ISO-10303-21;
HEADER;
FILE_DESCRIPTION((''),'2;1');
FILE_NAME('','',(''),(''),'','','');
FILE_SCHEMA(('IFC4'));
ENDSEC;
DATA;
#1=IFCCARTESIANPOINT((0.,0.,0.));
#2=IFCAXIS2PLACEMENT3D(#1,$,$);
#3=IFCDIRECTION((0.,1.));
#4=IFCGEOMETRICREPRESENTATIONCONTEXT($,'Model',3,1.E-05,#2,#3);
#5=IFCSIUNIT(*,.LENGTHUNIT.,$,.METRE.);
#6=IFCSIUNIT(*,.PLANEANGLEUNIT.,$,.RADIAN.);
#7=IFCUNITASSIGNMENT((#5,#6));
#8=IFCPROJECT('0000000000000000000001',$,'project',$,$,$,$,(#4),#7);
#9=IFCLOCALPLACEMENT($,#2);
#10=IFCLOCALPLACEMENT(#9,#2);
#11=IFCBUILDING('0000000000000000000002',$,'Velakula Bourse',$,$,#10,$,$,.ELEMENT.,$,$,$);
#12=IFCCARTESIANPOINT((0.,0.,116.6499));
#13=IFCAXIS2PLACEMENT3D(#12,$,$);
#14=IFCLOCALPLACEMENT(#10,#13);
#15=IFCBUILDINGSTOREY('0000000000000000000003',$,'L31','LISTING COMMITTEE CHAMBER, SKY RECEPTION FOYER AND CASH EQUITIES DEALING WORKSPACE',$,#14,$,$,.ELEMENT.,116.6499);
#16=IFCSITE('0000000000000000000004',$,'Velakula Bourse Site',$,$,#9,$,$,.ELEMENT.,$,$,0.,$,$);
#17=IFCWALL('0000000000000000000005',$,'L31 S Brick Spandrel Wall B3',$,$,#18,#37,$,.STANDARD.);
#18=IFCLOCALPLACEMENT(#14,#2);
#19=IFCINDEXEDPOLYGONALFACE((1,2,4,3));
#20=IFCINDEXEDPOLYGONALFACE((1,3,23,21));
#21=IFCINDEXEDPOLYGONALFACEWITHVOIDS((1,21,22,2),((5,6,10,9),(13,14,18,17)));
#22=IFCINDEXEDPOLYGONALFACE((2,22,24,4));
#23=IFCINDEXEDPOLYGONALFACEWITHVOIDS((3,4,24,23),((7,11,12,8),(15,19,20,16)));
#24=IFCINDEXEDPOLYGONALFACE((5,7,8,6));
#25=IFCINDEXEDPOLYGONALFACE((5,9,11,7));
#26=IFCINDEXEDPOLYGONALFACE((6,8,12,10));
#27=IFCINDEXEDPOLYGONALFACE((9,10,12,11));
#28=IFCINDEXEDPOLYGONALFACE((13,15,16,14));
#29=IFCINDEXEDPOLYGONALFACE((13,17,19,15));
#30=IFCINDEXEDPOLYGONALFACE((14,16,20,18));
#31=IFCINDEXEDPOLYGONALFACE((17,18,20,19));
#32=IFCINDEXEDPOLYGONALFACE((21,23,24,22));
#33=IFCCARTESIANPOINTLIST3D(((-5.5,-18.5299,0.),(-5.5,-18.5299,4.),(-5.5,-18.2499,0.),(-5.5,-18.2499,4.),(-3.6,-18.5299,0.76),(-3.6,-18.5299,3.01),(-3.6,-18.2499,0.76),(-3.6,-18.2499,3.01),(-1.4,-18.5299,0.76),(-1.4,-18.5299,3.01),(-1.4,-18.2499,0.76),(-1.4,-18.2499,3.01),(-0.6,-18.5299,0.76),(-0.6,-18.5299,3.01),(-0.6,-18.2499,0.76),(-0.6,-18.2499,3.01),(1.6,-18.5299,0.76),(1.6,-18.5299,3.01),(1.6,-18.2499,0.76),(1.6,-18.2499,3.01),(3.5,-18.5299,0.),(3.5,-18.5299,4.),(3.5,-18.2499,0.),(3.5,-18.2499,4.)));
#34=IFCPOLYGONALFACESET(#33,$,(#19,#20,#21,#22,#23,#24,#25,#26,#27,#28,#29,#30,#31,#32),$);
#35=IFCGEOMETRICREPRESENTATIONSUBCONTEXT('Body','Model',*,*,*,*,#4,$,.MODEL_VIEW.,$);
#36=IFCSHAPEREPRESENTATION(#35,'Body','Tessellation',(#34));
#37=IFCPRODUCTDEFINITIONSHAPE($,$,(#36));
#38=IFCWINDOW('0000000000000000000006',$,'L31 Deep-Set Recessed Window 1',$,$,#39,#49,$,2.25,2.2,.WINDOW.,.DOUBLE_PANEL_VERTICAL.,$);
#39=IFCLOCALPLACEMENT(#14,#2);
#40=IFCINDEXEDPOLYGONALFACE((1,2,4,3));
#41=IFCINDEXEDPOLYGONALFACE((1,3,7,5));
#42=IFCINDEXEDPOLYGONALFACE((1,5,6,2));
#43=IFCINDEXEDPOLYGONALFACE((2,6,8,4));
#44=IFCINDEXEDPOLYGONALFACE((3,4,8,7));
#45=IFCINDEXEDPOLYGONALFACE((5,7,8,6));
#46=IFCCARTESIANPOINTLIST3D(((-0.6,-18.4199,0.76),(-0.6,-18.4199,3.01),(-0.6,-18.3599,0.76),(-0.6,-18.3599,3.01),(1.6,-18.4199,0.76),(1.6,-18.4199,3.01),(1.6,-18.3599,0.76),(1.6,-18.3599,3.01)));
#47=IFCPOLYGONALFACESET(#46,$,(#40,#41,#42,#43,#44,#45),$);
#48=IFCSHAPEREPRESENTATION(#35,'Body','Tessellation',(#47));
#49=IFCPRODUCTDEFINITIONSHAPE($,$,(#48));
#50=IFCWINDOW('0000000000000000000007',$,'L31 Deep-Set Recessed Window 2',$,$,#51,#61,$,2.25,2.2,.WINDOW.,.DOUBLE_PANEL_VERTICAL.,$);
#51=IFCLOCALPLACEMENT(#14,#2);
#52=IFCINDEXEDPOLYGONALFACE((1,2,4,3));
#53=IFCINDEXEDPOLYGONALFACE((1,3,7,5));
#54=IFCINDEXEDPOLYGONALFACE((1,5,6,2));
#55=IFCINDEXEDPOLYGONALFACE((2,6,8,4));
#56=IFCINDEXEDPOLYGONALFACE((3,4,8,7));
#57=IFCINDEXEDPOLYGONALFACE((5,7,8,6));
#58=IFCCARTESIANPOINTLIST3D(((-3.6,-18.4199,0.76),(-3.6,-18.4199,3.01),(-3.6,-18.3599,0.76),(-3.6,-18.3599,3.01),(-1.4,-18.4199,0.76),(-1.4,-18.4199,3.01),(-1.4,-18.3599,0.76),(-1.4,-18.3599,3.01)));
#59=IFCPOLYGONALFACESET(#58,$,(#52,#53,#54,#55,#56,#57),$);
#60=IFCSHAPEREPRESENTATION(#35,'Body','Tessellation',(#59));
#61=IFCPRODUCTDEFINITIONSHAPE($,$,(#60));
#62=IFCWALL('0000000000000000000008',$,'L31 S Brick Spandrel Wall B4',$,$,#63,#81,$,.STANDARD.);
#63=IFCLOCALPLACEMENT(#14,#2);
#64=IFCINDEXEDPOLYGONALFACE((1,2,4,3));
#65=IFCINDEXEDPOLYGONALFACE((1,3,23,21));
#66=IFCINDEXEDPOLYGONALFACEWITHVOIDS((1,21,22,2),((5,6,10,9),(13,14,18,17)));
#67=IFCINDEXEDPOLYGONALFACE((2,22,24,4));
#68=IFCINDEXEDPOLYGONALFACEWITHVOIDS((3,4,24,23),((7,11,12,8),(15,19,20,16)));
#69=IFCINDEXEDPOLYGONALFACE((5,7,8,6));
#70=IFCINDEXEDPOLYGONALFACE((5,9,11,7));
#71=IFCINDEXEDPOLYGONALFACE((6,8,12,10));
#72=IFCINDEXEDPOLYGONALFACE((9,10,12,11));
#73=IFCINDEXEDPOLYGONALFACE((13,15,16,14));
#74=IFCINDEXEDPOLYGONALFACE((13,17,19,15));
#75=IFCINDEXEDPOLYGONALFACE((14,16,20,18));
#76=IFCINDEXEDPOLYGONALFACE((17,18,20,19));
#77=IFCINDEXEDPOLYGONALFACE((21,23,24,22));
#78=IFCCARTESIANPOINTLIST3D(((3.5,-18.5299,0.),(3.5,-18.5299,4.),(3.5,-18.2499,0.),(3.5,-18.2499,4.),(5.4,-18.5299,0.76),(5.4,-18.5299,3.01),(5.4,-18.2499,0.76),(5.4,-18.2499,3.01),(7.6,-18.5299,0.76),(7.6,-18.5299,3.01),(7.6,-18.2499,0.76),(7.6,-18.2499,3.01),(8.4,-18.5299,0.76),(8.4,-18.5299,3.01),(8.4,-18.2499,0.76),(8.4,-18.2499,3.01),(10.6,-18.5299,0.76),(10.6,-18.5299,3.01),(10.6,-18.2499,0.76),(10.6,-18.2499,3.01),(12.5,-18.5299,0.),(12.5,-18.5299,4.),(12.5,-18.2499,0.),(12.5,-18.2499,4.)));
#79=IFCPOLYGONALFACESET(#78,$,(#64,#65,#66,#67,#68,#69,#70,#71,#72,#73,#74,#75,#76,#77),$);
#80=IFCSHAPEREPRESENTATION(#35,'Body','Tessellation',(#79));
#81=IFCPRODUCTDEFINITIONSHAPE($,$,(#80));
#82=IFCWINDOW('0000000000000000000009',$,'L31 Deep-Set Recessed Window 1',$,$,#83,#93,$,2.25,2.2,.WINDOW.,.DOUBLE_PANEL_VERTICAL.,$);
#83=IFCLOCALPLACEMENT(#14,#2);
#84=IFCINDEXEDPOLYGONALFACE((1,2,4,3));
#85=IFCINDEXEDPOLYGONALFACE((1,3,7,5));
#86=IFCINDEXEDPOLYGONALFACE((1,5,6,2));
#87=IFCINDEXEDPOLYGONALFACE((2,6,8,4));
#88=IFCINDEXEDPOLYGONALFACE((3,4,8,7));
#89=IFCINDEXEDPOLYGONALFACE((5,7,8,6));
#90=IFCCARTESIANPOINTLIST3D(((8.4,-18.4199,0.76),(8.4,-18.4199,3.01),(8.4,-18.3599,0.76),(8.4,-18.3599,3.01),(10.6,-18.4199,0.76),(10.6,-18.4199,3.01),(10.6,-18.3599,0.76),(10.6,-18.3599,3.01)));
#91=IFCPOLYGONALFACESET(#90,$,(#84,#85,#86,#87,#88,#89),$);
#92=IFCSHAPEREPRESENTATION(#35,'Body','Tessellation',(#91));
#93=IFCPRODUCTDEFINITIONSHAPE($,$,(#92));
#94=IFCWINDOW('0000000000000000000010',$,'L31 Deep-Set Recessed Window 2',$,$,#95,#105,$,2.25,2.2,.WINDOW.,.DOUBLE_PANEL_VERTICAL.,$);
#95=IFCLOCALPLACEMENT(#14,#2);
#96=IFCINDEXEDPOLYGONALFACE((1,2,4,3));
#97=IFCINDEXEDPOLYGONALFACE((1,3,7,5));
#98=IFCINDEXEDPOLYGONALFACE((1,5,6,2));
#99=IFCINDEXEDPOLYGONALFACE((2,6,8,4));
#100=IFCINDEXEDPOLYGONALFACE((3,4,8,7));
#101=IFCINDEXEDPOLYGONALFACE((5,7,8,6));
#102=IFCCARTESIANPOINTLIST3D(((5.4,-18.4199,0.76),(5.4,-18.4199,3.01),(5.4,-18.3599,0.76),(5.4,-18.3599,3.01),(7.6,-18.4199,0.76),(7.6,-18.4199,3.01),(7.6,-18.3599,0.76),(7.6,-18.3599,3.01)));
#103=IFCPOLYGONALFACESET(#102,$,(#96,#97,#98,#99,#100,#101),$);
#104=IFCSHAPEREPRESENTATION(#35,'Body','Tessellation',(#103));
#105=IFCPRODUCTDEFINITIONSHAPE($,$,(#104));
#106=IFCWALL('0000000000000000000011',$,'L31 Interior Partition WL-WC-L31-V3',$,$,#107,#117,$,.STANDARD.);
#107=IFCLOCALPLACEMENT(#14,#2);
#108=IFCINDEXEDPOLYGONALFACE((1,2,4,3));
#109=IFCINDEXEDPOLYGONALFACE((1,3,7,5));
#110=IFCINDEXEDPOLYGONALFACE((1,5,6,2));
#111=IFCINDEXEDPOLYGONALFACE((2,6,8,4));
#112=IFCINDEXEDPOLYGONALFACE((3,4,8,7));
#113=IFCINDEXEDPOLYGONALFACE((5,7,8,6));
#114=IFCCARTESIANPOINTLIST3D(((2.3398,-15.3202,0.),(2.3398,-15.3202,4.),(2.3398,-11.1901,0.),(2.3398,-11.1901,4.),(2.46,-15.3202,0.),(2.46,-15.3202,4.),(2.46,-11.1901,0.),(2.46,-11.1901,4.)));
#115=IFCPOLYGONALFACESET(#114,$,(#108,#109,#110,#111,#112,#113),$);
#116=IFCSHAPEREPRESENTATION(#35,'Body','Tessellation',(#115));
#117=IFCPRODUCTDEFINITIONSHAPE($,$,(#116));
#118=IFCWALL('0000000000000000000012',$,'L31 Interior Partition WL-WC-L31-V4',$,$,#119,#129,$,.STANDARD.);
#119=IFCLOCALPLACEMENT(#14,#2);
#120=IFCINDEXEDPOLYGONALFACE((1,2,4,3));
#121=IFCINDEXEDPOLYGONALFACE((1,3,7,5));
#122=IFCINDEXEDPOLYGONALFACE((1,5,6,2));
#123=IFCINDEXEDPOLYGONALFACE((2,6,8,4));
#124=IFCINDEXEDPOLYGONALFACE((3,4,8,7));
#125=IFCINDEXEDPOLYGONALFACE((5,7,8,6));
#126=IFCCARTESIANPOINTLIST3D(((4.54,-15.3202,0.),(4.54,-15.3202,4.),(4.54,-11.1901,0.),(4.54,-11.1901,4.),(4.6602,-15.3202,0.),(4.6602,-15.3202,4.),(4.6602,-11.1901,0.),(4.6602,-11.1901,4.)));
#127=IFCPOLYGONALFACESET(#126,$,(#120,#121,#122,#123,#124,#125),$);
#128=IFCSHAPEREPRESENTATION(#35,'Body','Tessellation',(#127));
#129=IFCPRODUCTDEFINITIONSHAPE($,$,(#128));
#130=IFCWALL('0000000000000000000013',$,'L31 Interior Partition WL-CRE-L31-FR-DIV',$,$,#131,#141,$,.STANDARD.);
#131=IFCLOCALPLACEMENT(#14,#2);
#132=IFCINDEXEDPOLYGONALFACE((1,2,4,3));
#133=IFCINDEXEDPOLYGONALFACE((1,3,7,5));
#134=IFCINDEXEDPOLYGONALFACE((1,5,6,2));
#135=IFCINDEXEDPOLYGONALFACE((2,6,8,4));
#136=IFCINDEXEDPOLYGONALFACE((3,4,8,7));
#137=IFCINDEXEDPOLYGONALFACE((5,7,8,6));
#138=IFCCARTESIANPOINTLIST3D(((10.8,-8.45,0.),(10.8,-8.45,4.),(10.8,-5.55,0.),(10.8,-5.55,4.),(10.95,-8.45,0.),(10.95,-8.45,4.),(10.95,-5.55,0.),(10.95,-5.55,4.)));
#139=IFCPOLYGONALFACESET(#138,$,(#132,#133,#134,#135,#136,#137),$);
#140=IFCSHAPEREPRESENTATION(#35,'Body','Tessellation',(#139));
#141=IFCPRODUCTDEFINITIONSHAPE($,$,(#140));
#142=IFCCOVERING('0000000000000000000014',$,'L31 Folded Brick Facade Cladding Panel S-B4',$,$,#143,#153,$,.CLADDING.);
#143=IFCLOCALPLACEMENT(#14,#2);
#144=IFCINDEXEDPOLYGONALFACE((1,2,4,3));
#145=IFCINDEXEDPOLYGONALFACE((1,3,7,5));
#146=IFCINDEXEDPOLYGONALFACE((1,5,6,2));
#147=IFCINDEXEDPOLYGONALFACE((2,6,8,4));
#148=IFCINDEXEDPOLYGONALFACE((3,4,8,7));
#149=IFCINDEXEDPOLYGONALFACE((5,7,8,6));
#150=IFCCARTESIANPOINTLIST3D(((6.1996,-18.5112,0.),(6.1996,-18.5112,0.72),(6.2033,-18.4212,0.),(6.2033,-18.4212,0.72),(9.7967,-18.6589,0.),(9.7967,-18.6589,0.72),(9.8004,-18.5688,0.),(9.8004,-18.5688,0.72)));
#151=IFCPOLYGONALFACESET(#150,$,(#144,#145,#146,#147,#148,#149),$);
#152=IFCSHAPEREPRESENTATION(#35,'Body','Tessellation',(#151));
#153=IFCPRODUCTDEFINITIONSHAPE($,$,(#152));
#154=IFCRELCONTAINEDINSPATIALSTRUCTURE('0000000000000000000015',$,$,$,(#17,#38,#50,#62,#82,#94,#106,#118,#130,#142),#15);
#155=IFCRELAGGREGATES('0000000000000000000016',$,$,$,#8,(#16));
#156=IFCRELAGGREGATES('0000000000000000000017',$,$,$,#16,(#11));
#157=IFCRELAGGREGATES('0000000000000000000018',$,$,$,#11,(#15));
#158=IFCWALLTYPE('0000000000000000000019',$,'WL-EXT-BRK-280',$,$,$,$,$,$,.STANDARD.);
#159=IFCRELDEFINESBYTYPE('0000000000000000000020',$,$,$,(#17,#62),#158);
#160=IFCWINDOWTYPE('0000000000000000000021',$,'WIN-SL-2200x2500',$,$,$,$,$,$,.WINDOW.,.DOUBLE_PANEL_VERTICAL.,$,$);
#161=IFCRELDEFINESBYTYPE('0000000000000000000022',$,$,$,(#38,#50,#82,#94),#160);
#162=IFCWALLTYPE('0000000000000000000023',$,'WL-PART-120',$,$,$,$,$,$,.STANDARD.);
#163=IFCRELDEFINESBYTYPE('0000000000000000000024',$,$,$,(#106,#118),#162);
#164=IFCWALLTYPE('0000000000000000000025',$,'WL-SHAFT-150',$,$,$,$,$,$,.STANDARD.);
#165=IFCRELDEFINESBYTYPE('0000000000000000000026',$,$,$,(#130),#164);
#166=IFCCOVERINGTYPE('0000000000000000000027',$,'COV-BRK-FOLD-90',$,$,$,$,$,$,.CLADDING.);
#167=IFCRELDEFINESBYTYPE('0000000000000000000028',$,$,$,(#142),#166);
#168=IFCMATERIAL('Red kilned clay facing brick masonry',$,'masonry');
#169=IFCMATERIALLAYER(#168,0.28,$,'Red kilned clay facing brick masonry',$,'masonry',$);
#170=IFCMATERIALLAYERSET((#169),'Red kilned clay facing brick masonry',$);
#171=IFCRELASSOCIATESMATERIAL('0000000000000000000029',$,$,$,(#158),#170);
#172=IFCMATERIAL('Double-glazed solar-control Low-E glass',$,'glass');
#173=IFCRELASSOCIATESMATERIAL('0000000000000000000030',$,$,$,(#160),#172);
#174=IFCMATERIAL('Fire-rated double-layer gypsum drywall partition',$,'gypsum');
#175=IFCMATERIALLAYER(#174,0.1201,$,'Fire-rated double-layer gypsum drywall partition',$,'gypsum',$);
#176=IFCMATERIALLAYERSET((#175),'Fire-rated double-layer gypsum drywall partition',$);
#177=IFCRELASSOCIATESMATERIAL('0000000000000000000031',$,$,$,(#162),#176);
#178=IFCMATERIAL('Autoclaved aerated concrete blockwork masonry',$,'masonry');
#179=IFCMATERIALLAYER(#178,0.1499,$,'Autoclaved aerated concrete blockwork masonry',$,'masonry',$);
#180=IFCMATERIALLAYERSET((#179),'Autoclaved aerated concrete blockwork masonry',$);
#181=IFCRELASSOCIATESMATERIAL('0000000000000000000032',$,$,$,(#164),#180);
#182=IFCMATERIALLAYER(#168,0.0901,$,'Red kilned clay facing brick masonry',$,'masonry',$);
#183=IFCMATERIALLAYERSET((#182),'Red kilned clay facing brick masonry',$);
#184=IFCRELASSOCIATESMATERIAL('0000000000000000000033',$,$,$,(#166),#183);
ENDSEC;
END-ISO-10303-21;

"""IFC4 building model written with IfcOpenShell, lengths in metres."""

from ifc_helpers import new_model, si_unit, direction, frame, frame_2d, origin, origin_2d, place, context, subcontext, project, spatial, rectangle, extrude, material, layer, layer_set, type_object, element, fill, save


model = new_model("IFC4")

# Units and contexts
model_context = context("Model", 3, precision=1e-05, world=origin(), true_north=direction((0.0, 1.0)))
body_context = subcontext(model_context, "Body", "Model", "MODEL_VIEW")
ifc_project = project(units=[si_unit("LENGTHUNIT", "METRE"), si_unit("PLANEANGLEUNIT", "RADIAN")], contexts=[model_context])

# Site, building, storey
site_placement = place(None, origin())
site = spatial("IfcSite", under=ifc_project, at=site_placement, Name="Velakula Bourse Site", CompositionType="ELEMENT", RefElevation=0.0)
building_placement = place(site_placement, origin())
building = spatial("IfcBuilding", under=site, at=building_placement, Name="Velakula Bourse", CompositionType="ELEMENT")
storey_placement = place(building_placement, frame((0.0, 0.0, 116.6499)))
storey = spatial("IfcBuildingStorey", under=building, at=storey_placement, Name="L31", Description="LISTING COMMITTEE CHAMBER, SKY RECEPTION FOYER AND CASH EQUITIES DEALING WORKSPACE", CompositionType="ELEMENT", Elevation=116.6499)

# Walls, openings, windows
ifc_material_1 = material(Name="Red kilned clay facing brick masonry", Category="masonry")
ifc_layer_1 = layer(ifc_material_1, 0.28, Name="Red kilned clay facing brick masonry", Category="masonry")
ifc_layer_set_1 = layer_set([ifc_layer_1], Name="Red kilned clay facing brick masonry")
wall_type_1 = type_object("IfcWallType", Name="WL-EXT-BRK-280", PredefinedType="STANDARD", material=ifc_layer_set_1)
wall_1_placement = place(storey_placement, frame((3.5, -18.3899, 0.0), z_axis=(0.0, 0.0, 1.0), x_axis=(-1.0, 0.0, 0.0)))
wall_1 = element("IfcWall", 1, at=wall_1_placement, inside=storey, type_object=wall_type_1, Name="L31 S Brick Spandrel Wall B3", PredefinedType="STANDARD", context=body_context, shape_type="SweptSolid", body=[
    extrude(rectangle(XDim=9.0, YDim=0.28, at=frame_2d((4.5, 0.0))), origin(), (0.0, 0.0, 1.0), 4.0),
])
opening_1_placement = place(wall_1_placement, frame((1.8999, 0.0, 0.76)))
opening_1 = element("IfcOpeningElement", 2, at=opening_1_placement, cuts=wall_1, PredefinedType="OPENING", context=body_context, shape_type="SweptSolid", body=[
    extrude(rectangle(XDim=2.2, YDim=2.25, at=frame_2d((1.1001, 1.125))), frame((0.0, 0.1499, 0.0), z_axis=(0.0, -1.0, 0.0), x_axis=(1.0, 0.0, 0.0)), (0.0, 0.0, 1.0), 0.3),
])
opening_2_placement = place(wall_1_placement, frame((4.8999, 0.0, 0.76)))
opening_2 = element("IfcOpeningElement", 3, at=opening_2_placement, cuts=wall_1, PredefinedType="OPENING", context=body_context, shape_type="SweptSolid", body=[
    extrude(rectangle(XDim=2.2, YDim=2.25, at=frame_2d((1.1001, 1.125))), frame((0.0, 0.1499, 0.0), z_axis=(0.0, -1.0, 0.0), x_axis=(1.0, 0.0, 0.0)), (0.0, 0.0, 1.0), 0.3),
])
ifc_material_2 = material(Name="Double-glazed solar-control Low-E glass", Category="glass")
window_type = type_object("IfcWindowType", Name="WIN-SL-2200x2500", PartitioningType="DOUBLE_PANEL_VERTICAL", PredefinedType="WINDOW", material=ifc_material_2)
window_1_placement = place(opening_1_placement, origin())
window_1 = element("IfcWindow", 4, at=window_1_placement, inside=storey, type_object=window_type, Name="L31 Deep-Set Recessed Window 1", OverallHeight=2.25, OverallWidth=2.2, PartitioningType="DOUBLE_PANEL_VERTICAL", PredefinedType="WINDOW", context=body_context, shape_type="SweptSolid", body=[
    extrude(rectangle(XDim=2.2, YDim=2.25, at=frame_2d((1.1001, 1.125))), frame((0.0, 0.03, 0.0), z_axis=(0.0, -1.0, 0.0), x_axis=(1.0, 0.0, 0.0)), (0.0, 0.0, 1.0), 0.0601),
])
fill(opening_1, window_1)
window_2_placement = place(opening_2_placement, origin())
window_2 = element("IfcWindow", 5, at=window_2_placement, inside=storey, type_object=window_type, Name="L31 Deep-Set Recessed Window 2", OverallHeight=2.25, OverallWidth=2.2, PartitioningType="DOUBLE_PANEL_VERTICAL", PredefinedType="WINDOW", context=body_context, shape_type="SweptSolid", body=[
    extrude(rectangle(XDim=2.2, YDim=2.25, at=frame_2d((1.1001, 1.125))), frame((0.0, 0.03, 0.0), z_axis=(0.0, -1.0, 0.0), x_axis=(1.0, 0.0, 0.0)), (0.0, 0.0, 1.0), 0.0601),
])
fill(opening_2, window_2)
wall_2_placement = place(storey_placement, frame((12.5, -18.3899, 0.0), z_axis=(0.0, 0.0, 1.0), x_axis=(-1.0, 0.0, 0.0)))
wall_2 = element("IfcWall", 6, at=wall_2_placement, inside=storey, type_object=wall_type_1, Name="L31 S Brick Spandrel Wall B4", PredefinedType="STANDARD", context=body_context, shape_type="SweptSolid", body=[
    extrude(rectangle(XDim=9.0, YDim=0.28, at=frame_2d((4.5, 0.0))), origin(), (0.0, 0.0, 1.0), 4.0),
])
opening_3_placement = place(wall_2_placement, frame((1.8999, 0.0, 0.76)))
opening_3 = element("IfcOpeningElement", 7, at=opening_3_placement, cuts=wall_2, PredefinedType="OPENING", context=body_context, shape_type="SweptSolid", body=[
    extrude(rectangle(XDim=2.2, YDim=2.25, at=frame_2d((1.1001, 1.125))), frame((0.0, 0.1499, 0.0), z_axis=(0.0, -1.0, 0.0), x_axis=(1.0, 0.0, 0.0)), (0.0, 0.0, 1.0), 0.3),
])
opening_4_placement = place(wall_2_placement, frame((4.8999, 0.0, 0.76)))
opening_4 = element("IfcOpeningElement", 8, at=opening_4_placement, cuts=wall_2, PredefinedType="OPENING", context=body_context, shape_type="SweptSolid", body=[
    extrude(rectangle(XDim=2.2, YDim=2.25, at=frame_2d((1.1001, 1.125))), frame((0.0, 0.1499, 0.0), z_axis=(0.0, -1.0, 0.0), x_axis=(1.0, 0.0, 0.0)), (0.0, 0.0, 1.0), 0.3),
])
window_3_placement = place(opening_3_placement, origin())
window_3 = element("IfcWindow", 9, at=window_3_placement, inside=storey, type_object=window_type, Name="L31 Deep-Set Recessed Window 1", OverallHeight=2.25, OverallWidth=2.2, PartitioningType="DOUBLE_PANEL_VERTICAL", PredefinedType="WINDOW", context=body_context, shape_type="SweptSolid", body=[
    extrude(rectangle(XDim=2.2, YDim=2.25, at=frame_2d((1.1001, 1.125))), frame((0.0, 0.03, 0.0), z_axis=(0.0, -1.0, 0.0), x_axis=(1.0, 0.0, 0.0)), (0.0, 0.0, 1.0), 0.0601),
])
fill(opening_3, window_3)
window_4_placement = place(opening_4_placement, origin())
window_4 = element("IfcWindow", 10, at=window_4_placement, inside=storey, type_object=window_type, Name="L31 Deep-Set Recessed Window 2", OverallHeight=2.25, OverallWidth=2.2, PartitioningType="DOUBLE_PANEL_VERTICAL", PredefinedType="WINDOW", context=body_context, shape_type="SweptSolid", body=[
    extrude(rectangle(XDim=2.2, YDim=2.25, at=frame_2d((1.1001, 1.125))), frame((0.0, 0.03, 0.0), z_axis=(0.0, -1.0, 0.0), x_axis=(1.0, 0.0, 0.0)), (0.0, 0.0, 1.0), 0.0601),
])
fill(opening_4, window_4)

# Walls
ifc_material_3 = material(Name="Fire-rated double-layer gypsum drywall partition", Category="gypsum")
ifc_layer_2 = layer(ifc_material_3, 0.1201, Name="Fire-rated double-layer gypsum drywall partition", Category="gypsum")
ifc_layer_set_2 = layer_set([ifc_layer_2], Name="Fire-rated double-layer gypsum drywall partition")
wall_type_2 = type_object("IfcWallType", Name="WL-PART-120", PredefinedType="STANDARD", material=ifc_layer_set_2)
for number, where, z_axis, x_axis, name in (
    (11, (2.3999, -15.3201, 0.0), (0.0, 0.0, 1.0), (0.0, 1.0, 0.0), "L31 Interior Partition WL-WC-L31-V3"),
    (12, (4.6001, -15.3201, 0.0), (0.0, 0.0, 1.0), (0.0, 1.0, 0.0), "L31 Interior Partition WL-WC-L31-V4"),
):
    element("IfcWall", number, at=place(storey_placement, frame(where, z_axis=z_axis, x_axis=x_axis)), inside=storey, type_object=wall_type_2, Name=name, PredefinedType="STANDARD", context=body_context, shape_type="SweptSolid", body=[
        extrude(rectangle(XDim=4.1301, YDim=0.1201, at=frame_2d((2.0649, 0.0))), origin(), (0.0, 0.0, 1.0), 4.0),
    ])
ifc_material_4 = material(Name="Autoclaved aerated concrete blockwork masonry", Category="masonry")
ifc_layer_3 = layer(ifc_material_4, 0.1499, Name="Autoclaved aerated concrete blockwork masonry", Category="masonry")
ifc_layer_set_3 = layer_set([ifc_layer_3], Name="Autoclaved aerated concrete blockwork masonry")
wall_type_3 = type_object("IfcWallType", Name="WL-SHAFT-150", PredefinedType="STANDARD", material=ifc_layer_set_3)
wall_3_placement = place(storey_placement, frame((10.875, -8.45, 0.0), z_axis=(0.0, 0.0, 1.0), x_axis=(0.0, 1.0, 0.0)))
element("IfcWall", 13, at=wall_3_placement, inside=storey, type_object=wall_type_3, Name="L31 Interior Partition WL-CRE-L31-FR-DIV", PredefinedType="STANDARD", context=body_context, shape_type="SweptSolid", body=[
    extrude(rectangle(XDim=2.8999, YDim=0.1499, at=frame_2d((1.45, 0.0))), origin(), (0.0, 0.0, 1.0), 4.0),
])

# Covering
ifc_layer_4 = layer(ifc_material_1, 0.0901, Name="Red kilned clay facing brick masonry", Category="masonry")
ifc_layer_set_4 = layer_set([ifc_layer_4], Name="Red kilned clay facing brick masonry")
covering_type = type_object("IfcCoveringType", Name="COV-BRK-FOLD-90", PredefinedType="CLADDING", material=ifc_layer_set_4)
covering_placement = place(storey_placement, frame((8.0, -18.54, 0.0), z_axis=(0.0, 0.0, 1.0), x_axis=(0.999159, -0.041004, 0.0)))
element("IfcCovering", 14, at=covering_placement, inside=storey, type_object=covering_type, Name="L31 Folded Brick Facade Cladding Panel S-B4", PredefinedType="CLADDING", context=body_context, shape_type="SweptSolid", body=[
    extrude(rectangle(XDim=3.6001, YDim=0.0901, at=origin_2d()), origin(), (0.0, 0.0, 1.0), 0.72),
])

save(model, "model.ifc")
